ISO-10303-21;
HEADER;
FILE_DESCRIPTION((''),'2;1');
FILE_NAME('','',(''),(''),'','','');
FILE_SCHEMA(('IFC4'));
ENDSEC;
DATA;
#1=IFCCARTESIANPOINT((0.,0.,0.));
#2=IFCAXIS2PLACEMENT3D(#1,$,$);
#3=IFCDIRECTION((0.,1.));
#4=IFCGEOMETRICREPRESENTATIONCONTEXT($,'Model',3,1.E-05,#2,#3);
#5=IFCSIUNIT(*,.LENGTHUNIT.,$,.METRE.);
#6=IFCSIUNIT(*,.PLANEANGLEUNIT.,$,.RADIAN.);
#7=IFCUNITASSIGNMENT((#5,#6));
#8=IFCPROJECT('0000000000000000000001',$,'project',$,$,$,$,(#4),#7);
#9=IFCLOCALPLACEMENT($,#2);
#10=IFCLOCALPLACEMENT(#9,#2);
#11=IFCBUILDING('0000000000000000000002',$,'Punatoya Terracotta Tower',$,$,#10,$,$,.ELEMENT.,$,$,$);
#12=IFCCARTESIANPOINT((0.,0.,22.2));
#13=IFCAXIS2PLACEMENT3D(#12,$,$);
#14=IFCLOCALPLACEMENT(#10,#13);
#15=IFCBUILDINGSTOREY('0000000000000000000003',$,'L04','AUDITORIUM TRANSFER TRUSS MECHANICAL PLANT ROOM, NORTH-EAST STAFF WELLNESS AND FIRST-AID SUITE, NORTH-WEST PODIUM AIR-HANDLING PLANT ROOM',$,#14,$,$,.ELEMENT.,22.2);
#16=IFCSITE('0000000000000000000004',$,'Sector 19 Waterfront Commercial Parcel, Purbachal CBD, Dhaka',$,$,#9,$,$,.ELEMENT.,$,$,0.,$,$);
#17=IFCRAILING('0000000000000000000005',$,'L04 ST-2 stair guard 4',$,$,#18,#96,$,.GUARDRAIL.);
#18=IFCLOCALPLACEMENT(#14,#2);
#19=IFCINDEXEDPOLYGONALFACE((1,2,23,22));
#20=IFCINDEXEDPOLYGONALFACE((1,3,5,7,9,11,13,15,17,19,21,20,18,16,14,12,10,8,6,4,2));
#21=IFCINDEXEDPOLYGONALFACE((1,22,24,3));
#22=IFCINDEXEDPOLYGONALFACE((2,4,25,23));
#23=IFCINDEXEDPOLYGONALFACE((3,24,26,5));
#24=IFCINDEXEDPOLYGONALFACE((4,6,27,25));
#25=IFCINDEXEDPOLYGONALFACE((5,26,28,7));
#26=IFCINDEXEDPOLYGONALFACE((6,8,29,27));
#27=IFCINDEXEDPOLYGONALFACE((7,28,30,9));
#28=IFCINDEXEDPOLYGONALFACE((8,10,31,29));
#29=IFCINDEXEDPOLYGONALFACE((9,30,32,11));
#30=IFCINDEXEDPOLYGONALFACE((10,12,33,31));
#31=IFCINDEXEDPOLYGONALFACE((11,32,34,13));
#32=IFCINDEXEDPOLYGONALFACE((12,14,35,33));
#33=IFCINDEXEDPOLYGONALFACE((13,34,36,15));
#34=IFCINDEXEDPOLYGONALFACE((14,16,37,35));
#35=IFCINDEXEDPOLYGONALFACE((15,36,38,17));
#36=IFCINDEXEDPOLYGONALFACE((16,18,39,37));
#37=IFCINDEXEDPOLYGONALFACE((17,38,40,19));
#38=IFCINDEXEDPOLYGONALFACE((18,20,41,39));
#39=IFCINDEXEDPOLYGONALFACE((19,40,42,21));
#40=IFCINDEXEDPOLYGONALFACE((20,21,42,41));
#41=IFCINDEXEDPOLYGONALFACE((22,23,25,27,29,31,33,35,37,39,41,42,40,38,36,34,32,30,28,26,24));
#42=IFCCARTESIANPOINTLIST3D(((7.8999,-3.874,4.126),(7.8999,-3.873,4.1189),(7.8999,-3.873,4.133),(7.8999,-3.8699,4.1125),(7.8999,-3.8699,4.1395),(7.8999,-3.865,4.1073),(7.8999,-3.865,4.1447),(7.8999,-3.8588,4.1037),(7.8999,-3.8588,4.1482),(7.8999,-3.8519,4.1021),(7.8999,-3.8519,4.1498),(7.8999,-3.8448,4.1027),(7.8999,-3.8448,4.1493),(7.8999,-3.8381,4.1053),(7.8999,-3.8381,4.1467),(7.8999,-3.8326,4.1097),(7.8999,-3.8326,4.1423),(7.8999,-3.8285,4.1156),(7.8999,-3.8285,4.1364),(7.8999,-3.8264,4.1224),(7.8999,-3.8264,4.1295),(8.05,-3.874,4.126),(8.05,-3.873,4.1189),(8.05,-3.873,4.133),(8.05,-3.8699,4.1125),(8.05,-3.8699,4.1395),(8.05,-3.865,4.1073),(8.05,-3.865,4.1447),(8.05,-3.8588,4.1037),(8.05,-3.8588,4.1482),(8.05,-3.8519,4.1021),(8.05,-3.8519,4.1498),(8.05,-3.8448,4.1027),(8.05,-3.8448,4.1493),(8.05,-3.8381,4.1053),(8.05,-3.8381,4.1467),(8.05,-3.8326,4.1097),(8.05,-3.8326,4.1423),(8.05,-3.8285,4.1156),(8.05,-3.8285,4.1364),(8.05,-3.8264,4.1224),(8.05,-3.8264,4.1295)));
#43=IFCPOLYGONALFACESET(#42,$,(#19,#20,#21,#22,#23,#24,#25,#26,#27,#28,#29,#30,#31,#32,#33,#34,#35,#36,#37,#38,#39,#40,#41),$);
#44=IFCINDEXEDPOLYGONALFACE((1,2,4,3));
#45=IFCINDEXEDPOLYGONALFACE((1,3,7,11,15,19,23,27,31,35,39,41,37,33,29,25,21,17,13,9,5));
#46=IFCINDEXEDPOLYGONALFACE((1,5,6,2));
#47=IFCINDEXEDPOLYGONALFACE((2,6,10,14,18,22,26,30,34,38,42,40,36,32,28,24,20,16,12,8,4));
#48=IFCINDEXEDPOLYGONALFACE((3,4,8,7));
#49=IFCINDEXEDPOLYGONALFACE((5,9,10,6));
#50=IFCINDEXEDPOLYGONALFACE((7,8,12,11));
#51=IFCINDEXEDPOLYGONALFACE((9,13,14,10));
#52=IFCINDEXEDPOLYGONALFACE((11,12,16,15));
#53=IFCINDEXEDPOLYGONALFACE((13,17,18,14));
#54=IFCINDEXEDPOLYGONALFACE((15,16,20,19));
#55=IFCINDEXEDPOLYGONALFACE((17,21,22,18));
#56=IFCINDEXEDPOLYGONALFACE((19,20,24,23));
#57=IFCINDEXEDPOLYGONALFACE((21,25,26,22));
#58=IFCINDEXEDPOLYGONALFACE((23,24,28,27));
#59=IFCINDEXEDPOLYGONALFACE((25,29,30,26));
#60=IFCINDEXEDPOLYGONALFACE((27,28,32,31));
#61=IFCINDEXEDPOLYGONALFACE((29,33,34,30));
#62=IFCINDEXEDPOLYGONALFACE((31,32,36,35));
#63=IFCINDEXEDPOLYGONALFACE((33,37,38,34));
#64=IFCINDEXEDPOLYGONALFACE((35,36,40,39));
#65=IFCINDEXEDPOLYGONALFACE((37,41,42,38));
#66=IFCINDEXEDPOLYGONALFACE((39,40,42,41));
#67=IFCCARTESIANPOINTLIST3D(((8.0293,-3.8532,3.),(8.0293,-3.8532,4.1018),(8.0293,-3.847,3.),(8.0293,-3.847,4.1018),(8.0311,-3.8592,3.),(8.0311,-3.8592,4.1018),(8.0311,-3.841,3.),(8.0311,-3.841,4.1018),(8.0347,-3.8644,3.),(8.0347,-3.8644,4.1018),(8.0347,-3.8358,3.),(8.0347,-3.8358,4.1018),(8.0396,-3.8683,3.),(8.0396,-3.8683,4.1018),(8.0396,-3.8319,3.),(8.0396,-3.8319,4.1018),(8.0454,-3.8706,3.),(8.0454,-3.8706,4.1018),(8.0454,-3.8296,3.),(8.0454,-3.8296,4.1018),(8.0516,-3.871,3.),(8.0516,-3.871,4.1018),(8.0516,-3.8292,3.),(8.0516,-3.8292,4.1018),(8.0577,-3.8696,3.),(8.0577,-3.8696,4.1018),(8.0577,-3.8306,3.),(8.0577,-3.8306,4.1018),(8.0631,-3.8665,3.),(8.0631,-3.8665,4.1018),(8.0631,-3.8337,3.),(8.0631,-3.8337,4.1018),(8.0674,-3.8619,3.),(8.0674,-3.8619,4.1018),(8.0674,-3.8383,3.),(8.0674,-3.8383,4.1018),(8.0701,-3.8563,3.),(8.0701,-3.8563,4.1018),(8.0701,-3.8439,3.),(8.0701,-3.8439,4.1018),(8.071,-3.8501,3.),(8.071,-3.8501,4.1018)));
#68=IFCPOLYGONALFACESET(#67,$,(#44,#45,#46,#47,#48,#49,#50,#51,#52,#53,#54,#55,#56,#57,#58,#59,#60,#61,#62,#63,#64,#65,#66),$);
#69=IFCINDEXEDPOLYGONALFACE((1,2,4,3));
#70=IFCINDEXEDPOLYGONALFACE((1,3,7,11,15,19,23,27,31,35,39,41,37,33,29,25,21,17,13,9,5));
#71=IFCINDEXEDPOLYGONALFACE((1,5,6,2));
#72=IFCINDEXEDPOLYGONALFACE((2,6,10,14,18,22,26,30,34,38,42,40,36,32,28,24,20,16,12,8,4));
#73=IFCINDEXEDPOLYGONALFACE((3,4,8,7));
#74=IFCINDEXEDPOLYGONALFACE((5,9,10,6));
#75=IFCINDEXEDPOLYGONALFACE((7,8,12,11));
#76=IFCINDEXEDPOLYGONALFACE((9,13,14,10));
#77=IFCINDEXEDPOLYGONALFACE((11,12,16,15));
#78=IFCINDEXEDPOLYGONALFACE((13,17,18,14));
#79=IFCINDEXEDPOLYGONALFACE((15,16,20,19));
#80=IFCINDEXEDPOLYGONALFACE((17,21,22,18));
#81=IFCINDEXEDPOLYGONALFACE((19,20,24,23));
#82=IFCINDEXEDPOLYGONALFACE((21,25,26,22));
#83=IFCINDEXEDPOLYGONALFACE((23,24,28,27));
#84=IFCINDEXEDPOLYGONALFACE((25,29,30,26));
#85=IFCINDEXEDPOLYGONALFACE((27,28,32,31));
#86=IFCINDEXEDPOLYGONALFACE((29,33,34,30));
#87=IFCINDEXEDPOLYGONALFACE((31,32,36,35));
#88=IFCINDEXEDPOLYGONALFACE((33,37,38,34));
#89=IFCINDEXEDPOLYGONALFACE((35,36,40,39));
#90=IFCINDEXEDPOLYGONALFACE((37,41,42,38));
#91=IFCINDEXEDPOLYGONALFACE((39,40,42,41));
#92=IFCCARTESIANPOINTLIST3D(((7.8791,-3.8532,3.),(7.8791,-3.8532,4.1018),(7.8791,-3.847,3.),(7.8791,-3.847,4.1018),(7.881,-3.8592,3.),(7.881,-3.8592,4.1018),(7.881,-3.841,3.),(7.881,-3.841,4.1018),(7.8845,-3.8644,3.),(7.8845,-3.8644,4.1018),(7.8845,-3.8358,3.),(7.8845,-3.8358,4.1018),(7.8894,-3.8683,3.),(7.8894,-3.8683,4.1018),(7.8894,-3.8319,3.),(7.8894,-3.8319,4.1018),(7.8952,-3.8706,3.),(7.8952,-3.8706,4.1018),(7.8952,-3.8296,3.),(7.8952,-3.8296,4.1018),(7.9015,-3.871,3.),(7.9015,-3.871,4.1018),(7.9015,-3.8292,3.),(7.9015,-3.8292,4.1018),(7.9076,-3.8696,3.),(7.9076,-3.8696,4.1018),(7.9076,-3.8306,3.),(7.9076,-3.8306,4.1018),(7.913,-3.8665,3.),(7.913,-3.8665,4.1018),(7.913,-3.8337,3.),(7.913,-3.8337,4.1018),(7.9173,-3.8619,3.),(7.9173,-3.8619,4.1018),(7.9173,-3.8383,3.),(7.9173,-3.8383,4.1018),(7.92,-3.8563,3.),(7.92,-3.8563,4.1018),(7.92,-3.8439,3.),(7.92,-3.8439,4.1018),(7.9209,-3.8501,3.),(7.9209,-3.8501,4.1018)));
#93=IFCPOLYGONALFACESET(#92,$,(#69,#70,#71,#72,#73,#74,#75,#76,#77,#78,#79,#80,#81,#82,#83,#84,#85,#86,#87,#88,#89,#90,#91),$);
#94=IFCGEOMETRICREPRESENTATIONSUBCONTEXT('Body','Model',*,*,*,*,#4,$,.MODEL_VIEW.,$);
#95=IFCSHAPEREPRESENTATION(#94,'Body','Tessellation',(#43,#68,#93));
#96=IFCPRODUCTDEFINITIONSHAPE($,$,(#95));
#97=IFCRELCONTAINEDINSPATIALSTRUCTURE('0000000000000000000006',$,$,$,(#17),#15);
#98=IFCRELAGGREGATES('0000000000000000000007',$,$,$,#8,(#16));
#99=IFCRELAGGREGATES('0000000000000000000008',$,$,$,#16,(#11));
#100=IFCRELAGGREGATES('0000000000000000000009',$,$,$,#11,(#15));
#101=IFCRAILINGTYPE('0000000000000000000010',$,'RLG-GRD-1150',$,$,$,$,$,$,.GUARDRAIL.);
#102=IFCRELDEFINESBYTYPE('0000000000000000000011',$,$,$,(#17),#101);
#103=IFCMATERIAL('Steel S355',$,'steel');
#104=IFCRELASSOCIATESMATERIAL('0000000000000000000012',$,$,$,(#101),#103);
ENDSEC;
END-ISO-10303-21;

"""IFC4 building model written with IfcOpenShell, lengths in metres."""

from ifc_helpers import new_model, si_unit, direction, frame, origin, origin_2d, place, context, subcontext, project, spatial, circle, extrude, material, type_object, element, save


model = new_model("IFC4")

# Units and contexts
model_context = context("Model", 3, precision=1e-05, world=origin(), true_north=direction((0.0, 1.0)))
body_context = subcontext(model_context, "Body", "Model", "MODEL_VIEW")
ifc_project = project(units=[si_unit("LENGTHUNIT", "METRE"), si_unit("PLANEANGLEUNIT", "RADIAN")], contexts=[model_context])

# Site, building, storey
site_placement = place(None, origin())
site = spatial("IfcSite", under=ifc_project, at=site_placement, Name="Sector 19 Waterfront Commercial Parcel, Purbachal CBD, Dhaka", CompositionType="ELEMENT", RefElevation=0.0)
building_placement = place(site_placement, origin())
building = spatial("IfcBuilding", under=site, at=building_placement, Name="Punatoya Terracotta Tower", CompositionType="ELEMENT")
storey_placement = place(building_placement, frame((0.0, 0.0, 22.2)))
storey = spatial("IfcBuildingStorey", under=building, at=storey_placement, Name="L04", Description="AUDITORIUM TRANSFER TRUSS MECHANICAL PLANT ROOM, NORTH-EAST STAFF WELLNESS AND FIRST-AID SUITE, NORTH-WEST PODIUM AIR-HANDLING PLANT ROOM", CompositionType="ELEMENT", Elevation=22.2)

# Shared definitions
ifc_material_1 = material(Name="Steel S355", Category="steel")

# Railing
railing_type_1 = type_object("IfcRailingType", Name="RLG-GRD-1150", PredefinedType="GUARDRAIL", material=ifc_material_1)
railing_1_placement = place(storey_placement, frame((8.05, -3.8501, 3.0)))
element("IfcRailing", 1, at=railing_1_placement, inside=storey, type_object=railing_type_1, Name="L04 ST-2 stair guard 4", PredefinedType="GUARDRAIL", context=body_context, shape_type="SweptSolid", body=[
    extrude(circle(Radius=0.0239, at=origin_2d()), frame((0.0, 0.0, 1.126), z_axis=(-1.0, 0.0, 0.0), x_axis=(0.0, -1.0, 0.0)), (0.0, 0.0, 1.0), 0.1501),
    extrude(circle(Radius=0.021, at=origin_2d()), origin(), (0.0, 0.0, 1.0), 1.1018),
    extrude(circle(Radius=0.021, at=origin_2d()), frame((-0.1501, 0.0, 0.0)), (0.0, 0.0, 1.0), 1.1018),
])

save(model, "model.ifc")
